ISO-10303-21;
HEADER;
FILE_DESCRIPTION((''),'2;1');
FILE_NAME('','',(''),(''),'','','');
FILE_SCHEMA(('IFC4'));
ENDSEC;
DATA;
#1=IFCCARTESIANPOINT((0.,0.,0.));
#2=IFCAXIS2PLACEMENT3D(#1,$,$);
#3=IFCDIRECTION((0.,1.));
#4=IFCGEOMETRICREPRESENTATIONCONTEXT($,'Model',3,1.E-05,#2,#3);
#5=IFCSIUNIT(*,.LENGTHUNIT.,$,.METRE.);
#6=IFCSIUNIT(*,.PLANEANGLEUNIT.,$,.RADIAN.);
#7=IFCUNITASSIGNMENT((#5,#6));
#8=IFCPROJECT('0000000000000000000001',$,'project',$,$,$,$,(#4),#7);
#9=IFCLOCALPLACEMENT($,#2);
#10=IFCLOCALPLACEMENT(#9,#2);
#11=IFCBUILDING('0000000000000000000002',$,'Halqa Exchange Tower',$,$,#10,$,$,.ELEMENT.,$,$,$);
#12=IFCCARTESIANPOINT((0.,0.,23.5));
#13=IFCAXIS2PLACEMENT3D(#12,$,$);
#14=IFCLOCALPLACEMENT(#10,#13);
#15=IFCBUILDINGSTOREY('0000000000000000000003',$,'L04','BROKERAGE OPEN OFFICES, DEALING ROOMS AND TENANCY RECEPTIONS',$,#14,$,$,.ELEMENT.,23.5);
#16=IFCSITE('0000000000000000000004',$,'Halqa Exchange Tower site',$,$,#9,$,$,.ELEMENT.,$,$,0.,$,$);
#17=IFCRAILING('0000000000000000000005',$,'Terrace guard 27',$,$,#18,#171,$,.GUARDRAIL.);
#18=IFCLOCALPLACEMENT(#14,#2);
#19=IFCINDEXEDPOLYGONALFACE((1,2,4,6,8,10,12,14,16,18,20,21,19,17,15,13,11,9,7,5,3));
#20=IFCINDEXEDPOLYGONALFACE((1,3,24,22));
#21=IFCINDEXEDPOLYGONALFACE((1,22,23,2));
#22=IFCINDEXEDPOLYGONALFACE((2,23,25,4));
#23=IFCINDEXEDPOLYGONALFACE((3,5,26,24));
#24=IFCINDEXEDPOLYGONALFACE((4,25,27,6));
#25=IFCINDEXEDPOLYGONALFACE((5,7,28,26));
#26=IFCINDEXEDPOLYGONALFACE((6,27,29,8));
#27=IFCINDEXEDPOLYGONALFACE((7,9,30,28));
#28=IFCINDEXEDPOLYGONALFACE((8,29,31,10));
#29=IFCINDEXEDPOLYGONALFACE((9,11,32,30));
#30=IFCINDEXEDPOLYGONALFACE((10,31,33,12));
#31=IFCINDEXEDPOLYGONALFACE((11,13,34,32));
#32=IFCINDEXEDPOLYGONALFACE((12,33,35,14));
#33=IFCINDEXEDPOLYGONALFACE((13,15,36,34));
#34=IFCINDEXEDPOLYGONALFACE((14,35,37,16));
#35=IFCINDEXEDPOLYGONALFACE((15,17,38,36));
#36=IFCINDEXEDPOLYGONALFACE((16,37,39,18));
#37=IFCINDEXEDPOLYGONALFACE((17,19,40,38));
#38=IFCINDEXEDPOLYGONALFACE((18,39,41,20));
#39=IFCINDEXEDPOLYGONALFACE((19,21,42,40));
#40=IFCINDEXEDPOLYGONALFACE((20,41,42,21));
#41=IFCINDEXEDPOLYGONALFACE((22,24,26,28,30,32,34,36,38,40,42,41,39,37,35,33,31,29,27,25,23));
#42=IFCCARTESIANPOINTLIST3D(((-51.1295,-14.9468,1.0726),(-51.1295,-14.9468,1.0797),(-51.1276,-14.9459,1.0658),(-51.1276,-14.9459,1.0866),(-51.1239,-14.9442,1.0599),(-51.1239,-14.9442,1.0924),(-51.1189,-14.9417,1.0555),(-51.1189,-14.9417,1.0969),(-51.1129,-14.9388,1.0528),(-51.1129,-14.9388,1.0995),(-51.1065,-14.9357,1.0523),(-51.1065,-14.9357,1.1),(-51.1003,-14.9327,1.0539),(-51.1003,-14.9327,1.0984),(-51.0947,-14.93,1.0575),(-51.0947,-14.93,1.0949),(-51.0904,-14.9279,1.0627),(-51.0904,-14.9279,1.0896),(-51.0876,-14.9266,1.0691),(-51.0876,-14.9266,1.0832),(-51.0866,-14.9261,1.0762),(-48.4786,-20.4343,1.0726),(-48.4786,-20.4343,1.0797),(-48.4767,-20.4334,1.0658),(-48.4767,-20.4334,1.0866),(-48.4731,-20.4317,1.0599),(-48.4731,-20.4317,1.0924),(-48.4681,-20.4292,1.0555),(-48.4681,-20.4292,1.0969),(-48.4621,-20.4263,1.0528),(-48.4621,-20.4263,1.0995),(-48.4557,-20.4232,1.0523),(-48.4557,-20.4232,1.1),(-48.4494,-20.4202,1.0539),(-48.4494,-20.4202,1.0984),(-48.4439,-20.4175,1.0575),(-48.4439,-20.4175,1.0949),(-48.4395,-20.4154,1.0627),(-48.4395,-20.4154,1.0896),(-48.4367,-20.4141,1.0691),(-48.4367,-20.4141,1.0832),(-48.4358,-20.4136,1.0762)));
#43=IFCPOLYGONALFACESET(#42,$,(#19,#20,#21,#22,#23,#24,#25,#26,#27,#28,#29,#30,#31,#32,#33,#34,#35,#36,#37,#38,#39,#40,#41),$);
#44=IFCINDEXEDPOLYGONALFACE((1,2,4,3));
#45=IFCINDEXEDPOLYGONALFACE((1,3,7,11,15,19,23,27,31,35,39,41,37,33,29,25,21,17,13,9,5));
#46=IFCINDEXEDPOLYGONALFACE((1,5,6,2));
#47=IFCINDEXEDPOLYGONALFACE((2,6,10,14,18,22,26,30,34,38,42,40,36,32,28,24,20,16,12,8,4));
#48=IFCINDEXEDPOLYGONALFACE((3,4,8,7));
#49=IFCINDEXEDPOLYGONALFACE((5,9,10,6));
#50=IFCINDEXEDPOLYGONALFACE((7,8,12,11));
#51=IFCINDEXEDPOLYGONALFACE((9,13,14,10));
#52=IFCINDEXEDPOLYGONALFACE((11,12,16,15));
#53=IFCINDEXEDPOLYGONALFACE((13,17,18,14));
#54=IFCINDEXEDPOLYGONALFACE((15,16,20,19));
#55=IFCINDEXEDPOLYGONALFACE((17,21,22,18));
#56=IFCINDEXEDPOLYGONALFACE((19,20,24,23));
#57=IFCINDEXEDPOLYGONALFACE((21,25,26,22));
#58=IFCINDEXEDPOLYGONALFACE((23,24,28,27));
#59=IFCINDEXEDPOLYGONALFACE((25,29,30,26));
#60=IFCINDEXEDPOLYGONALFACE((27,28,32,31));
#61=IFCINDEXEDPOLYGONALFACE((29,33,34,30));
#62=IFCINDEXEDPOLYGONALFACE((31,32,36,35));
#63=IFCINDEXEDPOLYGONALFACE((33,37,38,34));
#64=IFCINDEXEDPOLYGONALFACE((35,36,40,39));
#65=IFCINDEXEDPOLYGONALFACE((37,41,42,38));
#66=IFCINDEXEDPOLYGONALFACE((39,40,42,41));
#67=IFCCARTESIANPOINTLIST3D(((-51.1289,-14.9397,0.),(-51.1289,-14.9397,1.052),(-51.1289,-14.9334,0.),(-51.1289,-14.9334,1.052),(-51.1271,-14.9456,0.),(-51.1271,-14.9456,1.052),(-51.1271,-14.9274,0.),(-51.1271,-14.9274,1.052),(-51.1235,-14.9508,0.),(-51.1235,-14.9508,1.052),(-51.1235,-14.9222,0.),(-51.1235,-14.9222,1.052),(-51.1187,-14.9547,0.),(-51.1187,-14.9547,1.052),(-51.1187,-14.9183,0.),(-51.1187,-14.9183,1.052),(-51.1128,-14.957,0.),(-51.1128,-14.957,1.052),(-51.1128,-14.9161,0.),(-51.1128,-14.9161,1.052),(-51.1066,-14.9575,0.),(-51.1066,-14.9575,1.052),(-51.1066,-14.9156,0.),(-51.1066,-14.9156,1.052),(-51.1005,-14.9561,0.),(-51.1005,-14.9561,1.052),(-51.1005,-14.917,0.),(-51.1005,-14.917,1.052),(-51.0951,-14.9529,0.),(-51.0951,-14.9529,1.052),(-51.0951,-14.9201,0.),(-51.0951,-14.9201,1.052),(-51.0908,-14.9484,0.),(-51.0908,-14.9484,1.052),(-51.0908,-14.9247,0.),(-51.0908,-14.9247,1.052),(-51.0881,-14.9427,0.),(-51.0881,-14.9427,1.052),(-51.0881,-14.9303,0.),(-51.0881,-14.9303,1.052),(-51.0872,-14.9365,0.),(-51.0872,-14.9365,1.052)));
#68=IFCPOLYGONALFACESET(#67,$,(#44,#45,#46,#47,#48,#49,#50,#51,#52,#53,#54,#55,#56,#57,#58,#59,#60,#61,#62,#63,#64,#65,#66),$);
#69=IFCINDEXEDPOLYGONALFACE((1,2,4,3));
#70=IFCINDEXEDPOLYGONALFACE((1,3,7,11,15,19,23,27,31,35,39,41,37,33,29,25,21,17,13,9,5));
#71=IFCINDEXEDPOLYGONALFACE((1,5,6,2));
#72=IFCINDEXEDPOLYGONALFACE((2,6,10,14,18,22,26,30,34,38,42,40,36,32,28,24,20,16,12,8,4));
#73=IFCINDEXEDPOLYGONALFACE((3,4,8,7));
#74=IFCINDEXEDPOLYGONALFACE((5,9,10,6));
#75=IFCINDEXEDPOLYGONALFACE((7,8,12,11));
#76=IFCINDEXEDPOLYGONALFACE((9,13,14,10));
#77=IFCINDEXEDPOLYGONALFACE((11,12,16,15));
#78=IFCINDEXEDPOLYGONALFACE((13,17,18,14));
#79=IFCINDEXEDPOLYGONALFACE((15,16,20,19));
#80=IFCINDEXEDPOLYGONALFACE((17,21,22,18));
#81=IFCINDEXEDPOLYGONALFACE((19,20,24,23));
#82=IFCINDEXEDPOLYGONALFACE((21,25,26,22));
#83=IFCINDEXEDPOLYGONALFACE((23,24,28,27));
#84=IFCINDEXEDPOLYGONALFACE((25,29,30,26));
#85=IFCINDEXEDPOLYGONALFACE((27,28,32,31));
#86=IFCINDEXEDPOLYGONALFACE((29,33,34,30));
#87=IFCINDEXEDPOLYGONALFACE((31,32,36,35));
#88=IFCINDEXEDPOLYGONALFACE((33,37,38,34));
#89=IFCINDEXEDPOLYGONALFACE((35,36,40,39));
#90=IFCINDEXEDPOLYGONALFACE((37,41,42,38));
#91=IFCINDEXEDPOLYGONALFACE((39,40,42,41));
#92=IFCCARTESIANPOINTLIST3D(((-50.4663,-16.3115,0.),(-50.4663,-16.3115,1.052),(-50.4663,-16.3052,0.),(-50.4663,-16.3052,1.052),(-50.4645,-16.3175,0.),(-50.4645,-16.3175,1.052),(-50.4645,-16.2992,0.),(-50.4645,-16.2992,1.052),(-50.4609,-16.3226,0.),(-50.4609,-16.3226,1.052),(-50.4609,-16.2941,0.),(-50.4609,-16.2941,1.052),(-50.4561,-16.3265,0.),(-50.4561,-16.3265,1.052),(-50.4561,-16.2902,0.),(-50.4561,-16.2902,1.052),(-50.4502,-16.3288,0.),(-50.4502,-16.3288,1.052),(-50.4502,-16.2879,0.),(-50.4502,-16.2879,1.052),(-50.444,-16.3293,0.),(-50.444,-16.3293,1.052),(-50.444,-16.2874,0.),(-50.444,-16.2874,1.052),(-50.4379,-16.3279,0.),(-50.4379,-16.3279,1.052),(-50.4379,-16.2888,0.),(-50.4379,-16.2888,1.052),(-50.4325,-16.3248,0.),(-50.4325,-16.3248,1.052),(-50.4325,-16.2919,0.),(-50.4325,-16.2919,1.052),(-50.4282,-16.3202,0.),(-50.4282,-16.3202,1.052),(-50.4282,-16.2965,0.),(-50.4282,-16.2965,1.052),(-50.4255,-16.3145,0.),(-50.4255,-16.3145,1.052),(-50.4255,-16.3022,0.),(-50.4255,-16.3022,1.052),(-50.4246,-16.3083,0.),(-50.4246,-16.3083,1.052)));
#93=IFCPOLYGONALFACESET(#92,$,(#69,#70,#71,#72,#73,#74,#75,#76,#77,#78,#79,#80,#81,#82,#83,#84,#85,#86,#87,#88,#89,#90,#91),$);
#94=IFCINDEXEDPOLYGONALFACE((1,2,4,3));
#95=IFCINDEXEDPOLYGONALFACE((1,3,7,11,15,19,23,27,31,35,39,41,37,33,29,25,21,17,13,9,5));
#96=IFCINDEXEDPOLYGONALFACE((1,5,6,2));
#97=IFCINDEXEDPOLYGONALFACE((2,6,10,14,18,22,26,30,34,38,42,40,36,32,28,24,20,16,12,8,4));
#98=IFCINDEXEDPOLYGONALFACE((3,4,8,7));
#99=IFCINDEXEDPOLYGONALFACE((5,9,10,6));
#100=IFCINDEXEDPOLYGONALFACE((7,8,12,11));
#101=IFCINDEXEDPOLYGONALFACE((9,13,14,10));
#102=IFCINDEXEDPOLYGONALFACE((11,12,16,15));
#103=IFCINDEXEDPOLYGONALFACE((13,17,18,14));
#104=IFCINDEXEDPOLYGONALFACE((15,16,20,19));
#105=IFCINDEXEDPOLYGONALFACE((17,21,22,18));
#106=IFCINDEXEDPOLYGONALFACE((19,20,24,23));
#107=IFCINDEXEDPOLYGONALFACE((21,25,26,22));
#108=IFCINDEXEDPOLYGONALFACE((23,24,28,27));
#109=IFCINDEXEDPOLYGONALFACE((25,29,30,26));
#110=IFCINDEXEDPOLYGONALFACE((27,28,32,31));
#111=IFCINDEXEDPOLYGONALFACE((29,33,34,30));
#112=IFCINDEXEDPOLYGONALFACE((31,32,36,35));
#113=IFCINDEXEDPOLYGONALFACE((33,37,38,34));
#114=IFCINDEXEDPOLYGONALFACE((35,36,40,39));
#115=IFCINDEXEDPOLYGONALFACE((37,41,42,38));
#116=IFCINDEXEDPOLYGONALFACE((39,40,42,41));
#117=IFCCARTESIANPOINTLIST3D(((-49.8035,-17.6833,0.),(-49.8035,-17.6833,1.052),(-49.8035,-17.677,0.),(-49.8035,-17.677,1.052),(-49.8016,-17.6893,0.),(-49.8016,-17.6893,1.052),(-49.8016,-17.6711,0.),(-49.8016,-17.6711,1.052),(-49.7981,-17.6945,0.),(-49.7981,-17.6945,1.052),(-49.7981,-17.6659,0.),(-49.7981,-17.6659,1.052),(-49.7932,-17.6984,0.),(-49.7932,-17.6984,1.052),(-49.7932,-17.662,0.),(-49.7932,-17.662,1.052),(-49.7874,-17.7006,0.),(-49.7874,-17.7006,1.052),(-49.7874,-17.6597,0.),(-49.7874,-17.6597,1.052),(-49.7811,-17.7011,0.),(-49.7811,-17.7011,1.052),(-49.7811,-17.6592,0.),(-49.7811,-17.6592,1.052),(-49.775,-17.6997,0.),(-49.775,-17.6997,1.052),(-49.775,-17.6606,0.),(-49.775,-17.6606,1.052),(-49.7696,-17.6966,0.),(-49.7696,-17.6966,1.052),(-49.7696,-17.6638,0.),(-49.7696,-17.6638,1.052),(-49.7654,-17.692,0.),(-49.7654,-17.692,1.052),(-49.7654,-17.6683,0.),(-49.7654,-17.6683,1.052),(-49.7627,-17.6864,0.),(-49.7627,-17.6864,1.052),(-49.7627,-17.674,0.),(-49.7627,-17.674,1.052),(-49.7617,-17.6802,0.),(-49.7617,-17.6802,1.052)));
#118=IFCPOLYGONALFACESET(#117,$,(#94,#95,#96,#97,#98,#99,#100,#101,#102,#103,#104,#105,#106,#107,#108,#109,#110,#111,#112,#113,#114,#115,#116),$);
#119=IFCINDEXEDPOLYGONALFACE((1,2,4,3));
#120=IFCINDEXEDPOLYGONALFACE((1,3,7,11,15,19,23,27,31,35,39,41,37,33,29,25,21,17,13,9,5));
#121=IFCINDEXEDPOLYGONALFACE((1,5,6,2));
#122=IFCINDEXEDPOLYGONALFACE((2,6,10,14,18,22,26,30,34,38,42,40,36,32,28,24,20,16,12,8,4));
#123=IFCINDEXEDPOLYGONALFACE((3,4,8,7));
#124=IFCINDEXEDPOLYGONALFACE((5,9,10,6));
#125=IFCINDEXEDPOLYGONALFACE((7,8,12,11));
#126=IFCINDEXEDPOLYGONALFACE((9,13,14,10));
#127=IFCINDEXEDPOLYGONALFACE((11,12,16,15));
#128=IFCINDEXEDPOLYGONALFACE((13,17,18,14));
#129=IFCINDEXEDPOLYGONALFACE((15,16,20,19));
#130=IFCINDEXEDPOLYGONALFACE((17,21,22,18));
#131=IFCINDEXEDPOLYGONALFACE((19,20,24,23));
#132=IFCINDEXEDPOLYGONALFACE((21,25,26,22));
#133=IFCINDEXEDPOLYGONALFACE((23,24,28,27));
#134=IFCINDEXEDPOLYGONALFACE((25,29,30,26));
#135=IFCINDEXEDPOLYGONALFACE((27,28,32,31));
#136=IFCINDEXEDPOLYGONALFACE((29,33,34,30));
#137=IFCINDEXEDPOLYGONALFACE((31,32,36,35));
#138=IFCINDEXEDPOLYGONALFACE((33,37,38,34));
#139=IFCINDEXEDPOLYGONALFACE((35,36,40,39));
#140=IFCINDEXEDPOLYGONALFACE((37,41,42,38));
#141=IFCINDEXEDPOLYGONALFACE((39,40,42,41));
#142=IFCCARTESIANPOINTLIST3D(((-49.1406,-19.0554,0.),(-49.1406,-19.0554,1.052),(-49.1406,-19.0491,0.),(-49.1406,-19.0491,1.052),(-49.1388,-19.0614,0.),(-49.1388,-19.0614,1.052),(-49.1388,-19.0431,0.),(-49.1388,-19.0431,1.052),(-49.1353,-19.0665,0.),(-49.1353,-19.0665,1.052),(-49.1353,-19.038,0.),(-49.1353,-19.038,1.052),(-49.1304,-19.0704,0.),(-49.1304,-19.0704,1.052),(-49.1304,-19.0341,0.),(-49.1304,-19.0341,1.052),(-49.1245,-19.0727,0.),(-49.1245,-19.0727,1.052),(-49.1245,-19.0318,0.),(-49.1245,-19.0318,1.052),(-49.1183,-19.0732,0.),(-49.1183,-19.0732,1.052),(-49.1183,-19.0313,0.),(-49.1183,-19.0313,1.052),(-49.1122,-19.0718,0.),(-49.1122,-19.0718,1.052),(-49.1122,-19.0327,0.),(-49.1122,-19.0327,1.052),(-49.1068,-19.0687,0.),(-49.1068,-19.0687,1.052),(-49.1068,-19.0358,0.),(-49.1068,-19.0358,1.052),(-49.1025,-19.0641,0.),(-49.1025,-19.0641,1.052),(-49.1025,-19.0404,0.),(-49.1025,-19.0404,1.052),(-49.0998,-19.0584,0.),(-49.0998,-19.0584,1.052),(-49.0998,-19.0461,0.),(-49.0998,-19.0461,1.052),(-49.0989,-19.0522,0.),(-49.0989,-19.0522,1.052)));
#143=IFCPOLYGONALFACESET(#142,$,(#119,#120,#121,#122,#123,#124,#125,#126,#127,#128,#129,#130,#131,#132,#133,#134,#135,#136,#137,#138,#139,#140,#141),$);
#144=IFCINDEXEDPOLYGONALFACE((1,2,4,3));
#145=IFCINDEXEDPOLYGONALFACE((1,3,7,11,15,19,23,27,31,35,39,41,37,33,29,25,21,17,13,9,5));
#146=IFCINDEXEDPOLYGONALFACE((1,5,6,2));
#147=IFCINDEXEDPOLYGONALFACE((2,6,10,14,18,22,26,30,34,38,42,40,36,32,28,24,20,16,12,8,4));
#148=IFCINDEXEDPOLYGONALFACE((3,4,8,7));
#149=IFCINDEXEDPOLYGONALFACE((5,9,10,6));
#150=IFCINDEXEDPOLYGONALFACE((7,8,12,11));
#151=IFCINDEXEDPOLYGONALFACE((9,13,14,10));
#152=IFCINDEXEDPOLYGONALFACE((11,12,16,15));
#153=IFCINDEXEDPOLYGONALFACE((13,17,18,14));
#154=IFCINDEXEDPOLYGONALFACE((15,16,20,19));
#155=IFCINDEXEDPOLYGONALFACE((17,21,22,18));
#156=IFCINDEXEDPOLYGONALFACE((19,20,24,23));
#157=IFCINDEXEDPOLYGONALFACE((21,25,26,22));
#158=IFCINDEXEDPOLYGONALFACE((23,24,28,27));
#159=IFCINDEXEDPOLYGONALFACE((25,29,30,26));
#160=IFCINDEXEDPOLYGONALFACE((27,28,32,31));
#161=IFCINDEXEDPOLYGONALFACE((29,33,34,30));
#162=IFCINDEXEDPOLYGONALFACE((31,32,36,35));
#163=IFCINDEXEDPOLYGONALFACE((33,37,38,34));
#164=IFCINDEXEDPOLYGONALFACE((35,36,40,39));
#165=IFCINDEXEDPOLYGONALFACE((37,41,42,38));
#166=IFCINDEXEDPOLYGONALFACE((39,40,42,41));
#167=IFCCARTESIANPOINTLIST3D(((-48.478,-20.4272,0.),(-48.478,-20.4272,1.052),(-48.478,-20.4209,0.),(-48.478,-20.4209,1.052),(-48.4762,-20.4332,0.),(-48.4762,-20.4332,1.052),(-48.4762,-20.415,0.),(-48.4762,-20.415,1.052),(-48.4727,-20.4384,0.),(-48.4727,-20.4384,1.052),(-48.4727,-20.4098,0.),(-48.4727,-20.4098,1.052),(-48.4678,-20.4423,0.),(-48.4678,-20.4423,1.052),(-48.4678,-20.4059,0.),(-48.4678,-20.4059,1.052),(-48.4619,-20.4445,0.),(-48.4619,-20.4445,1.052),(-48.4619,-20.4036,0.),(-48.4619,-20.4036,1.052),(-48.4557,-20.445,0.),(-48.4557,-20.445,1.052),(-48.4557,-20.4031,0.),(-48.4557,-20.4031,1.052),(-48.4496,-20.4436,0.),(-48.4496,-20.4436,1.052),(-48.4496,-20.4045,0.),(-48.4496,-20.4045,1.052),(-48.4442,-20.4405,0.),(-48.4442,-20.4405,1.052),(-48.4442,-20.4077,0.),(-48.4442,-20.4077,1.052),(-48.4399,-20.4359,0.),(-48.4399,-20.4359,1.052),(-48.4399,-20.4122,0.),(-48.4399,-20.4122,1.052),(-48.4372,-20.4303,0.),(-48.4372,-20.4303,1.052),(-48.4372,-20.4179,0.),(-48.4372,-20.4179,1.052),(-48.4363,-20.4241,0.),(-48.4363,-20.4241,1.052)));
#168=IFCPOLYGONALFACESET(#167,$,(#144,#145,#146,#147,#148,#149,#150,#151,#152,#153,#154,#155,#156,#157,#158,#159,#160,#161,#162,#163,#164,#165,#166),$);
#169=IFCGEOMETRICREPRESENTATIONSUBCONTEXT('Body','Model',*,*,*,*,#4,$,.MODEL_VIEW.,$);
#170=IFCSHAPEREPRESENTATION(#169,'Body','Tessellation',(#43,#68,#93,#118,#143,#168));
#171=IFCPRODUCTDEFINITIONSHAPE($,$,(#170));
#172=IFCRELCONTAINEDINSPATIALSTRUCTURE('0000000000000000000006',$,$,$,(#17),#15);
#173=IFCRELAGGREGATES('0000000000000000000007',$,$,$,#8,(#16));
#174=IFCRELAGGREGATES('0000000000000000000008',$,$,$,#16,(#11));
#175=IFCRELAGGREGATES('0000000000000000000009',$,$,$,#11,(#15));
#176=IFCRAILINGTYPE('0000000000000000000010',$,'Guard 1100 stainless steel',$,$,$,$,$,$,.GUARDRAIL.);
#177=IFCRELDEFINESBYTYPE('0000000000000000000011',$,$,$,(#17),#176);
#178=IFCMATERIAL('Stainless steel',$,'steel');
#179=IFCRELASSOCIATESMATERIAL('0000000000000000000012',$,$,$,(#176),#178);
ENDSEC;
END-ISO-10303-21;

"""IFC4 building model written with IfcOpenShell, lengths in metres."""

from ifc_helpers import new_model, si_unit, direction, frame, origin, origin_2d, place, context, subcontext, project, spatial, circle, extrude, material, type_object, element, save


model = new_model("IFC4")

# Units and contexts
model_context = context("Model", 3, precision=1e-05, world=origin(), true_north=direction((0.0, 1.0)))
body_context = subcontext(model_context, "Body", "Model", "MODEL_VIEW")
ifc_project = project(units=[si_unit("LENGTHUNIT", "METRE"), si_unit("PLANEANGLEUNIT", "RADIAN")], contexts=[model_context])

# Site, building, storey
site_placement = place(None, origin())
site = spatial("IfcSite", under=ifc_project, at=site_placement, Name="Halqa Exchange Tower site", CompositionType="ELEMENT", RefElevation=0.0)
building_placement = place(site_placement, origin())
building = spatial("IfcBuilding", under=site, at=building_placement, Name="Halqa Exchange Tower", CompositionType="ELEMENT")
storey_placement = place(building_placement, frame((0.0, 0.0, 23.5)))
storey = spatial("IfcBuildingStorey", under=building, at=storey_placement, Name="L04", Description="BROKERAGE OPEN OFFICES, DEALING ROOMS AND TENANCY RECEPTIONS", CompositionType="ELEMENT", Elevation=23.5)

# Railing
ifc_material_1 = material(Name="Stainless steel", Category="steel")
railing_type = type_object("IfcRailingType", Name="Guard 1100 stainless steel", PredefinedType="GUARDRAIL", material=ifc_material_1)
railing_1_placement = place(storey_placement, frame((-51.1082, -14.9365, 0.0)))
element("IfcRailing", 1, at=railing_1_placement, inside=storey, type_object=railing_type, Name="Terrace guard 27", PredefinedType="GUARDRAIL", context=body_context, shape_type="SweptSolid", body=[
    extrude(circle(Radius=0.0239, at=origin_2d()), frame((0.0, 0.0, 1.0762), z_axis=(0.434978, -0.900441, 0.0), x_axis=(0.900441, 0.434978, 0.0)), (0.0, 0.0, 1.0), 6.0942),
    extrude(circle(Radius=0.021, at=origin_2d()), origin(), (0.0, 0.0, 1.0), 1.052),
    extrude(circle(Radius=0.021, at=origin_2d()), frame((0.6626, -1.3718, 0.0)), (0.0, 0.0, 1.0), 1.052),
    extrude(circle(Radius=0.021, at=origin_2d()), frame((1.3254, -2.7437, 0.0)), (0.0, 0.0, 1.0), 1.052),
    extrude(circle(Radius=0.021, at=origin_2d()), frame((1.9883, -4.1157, 0.0)), (0.0, 0.0, 1.0), 1.052),
    extrude(circle(Radius=0.021, at=origin_2d()), frame((2.6509, -5.4875, 0.0)), (0.0, 0.0, 1.0), 1.052),
])

save(model, "model.ifc")
